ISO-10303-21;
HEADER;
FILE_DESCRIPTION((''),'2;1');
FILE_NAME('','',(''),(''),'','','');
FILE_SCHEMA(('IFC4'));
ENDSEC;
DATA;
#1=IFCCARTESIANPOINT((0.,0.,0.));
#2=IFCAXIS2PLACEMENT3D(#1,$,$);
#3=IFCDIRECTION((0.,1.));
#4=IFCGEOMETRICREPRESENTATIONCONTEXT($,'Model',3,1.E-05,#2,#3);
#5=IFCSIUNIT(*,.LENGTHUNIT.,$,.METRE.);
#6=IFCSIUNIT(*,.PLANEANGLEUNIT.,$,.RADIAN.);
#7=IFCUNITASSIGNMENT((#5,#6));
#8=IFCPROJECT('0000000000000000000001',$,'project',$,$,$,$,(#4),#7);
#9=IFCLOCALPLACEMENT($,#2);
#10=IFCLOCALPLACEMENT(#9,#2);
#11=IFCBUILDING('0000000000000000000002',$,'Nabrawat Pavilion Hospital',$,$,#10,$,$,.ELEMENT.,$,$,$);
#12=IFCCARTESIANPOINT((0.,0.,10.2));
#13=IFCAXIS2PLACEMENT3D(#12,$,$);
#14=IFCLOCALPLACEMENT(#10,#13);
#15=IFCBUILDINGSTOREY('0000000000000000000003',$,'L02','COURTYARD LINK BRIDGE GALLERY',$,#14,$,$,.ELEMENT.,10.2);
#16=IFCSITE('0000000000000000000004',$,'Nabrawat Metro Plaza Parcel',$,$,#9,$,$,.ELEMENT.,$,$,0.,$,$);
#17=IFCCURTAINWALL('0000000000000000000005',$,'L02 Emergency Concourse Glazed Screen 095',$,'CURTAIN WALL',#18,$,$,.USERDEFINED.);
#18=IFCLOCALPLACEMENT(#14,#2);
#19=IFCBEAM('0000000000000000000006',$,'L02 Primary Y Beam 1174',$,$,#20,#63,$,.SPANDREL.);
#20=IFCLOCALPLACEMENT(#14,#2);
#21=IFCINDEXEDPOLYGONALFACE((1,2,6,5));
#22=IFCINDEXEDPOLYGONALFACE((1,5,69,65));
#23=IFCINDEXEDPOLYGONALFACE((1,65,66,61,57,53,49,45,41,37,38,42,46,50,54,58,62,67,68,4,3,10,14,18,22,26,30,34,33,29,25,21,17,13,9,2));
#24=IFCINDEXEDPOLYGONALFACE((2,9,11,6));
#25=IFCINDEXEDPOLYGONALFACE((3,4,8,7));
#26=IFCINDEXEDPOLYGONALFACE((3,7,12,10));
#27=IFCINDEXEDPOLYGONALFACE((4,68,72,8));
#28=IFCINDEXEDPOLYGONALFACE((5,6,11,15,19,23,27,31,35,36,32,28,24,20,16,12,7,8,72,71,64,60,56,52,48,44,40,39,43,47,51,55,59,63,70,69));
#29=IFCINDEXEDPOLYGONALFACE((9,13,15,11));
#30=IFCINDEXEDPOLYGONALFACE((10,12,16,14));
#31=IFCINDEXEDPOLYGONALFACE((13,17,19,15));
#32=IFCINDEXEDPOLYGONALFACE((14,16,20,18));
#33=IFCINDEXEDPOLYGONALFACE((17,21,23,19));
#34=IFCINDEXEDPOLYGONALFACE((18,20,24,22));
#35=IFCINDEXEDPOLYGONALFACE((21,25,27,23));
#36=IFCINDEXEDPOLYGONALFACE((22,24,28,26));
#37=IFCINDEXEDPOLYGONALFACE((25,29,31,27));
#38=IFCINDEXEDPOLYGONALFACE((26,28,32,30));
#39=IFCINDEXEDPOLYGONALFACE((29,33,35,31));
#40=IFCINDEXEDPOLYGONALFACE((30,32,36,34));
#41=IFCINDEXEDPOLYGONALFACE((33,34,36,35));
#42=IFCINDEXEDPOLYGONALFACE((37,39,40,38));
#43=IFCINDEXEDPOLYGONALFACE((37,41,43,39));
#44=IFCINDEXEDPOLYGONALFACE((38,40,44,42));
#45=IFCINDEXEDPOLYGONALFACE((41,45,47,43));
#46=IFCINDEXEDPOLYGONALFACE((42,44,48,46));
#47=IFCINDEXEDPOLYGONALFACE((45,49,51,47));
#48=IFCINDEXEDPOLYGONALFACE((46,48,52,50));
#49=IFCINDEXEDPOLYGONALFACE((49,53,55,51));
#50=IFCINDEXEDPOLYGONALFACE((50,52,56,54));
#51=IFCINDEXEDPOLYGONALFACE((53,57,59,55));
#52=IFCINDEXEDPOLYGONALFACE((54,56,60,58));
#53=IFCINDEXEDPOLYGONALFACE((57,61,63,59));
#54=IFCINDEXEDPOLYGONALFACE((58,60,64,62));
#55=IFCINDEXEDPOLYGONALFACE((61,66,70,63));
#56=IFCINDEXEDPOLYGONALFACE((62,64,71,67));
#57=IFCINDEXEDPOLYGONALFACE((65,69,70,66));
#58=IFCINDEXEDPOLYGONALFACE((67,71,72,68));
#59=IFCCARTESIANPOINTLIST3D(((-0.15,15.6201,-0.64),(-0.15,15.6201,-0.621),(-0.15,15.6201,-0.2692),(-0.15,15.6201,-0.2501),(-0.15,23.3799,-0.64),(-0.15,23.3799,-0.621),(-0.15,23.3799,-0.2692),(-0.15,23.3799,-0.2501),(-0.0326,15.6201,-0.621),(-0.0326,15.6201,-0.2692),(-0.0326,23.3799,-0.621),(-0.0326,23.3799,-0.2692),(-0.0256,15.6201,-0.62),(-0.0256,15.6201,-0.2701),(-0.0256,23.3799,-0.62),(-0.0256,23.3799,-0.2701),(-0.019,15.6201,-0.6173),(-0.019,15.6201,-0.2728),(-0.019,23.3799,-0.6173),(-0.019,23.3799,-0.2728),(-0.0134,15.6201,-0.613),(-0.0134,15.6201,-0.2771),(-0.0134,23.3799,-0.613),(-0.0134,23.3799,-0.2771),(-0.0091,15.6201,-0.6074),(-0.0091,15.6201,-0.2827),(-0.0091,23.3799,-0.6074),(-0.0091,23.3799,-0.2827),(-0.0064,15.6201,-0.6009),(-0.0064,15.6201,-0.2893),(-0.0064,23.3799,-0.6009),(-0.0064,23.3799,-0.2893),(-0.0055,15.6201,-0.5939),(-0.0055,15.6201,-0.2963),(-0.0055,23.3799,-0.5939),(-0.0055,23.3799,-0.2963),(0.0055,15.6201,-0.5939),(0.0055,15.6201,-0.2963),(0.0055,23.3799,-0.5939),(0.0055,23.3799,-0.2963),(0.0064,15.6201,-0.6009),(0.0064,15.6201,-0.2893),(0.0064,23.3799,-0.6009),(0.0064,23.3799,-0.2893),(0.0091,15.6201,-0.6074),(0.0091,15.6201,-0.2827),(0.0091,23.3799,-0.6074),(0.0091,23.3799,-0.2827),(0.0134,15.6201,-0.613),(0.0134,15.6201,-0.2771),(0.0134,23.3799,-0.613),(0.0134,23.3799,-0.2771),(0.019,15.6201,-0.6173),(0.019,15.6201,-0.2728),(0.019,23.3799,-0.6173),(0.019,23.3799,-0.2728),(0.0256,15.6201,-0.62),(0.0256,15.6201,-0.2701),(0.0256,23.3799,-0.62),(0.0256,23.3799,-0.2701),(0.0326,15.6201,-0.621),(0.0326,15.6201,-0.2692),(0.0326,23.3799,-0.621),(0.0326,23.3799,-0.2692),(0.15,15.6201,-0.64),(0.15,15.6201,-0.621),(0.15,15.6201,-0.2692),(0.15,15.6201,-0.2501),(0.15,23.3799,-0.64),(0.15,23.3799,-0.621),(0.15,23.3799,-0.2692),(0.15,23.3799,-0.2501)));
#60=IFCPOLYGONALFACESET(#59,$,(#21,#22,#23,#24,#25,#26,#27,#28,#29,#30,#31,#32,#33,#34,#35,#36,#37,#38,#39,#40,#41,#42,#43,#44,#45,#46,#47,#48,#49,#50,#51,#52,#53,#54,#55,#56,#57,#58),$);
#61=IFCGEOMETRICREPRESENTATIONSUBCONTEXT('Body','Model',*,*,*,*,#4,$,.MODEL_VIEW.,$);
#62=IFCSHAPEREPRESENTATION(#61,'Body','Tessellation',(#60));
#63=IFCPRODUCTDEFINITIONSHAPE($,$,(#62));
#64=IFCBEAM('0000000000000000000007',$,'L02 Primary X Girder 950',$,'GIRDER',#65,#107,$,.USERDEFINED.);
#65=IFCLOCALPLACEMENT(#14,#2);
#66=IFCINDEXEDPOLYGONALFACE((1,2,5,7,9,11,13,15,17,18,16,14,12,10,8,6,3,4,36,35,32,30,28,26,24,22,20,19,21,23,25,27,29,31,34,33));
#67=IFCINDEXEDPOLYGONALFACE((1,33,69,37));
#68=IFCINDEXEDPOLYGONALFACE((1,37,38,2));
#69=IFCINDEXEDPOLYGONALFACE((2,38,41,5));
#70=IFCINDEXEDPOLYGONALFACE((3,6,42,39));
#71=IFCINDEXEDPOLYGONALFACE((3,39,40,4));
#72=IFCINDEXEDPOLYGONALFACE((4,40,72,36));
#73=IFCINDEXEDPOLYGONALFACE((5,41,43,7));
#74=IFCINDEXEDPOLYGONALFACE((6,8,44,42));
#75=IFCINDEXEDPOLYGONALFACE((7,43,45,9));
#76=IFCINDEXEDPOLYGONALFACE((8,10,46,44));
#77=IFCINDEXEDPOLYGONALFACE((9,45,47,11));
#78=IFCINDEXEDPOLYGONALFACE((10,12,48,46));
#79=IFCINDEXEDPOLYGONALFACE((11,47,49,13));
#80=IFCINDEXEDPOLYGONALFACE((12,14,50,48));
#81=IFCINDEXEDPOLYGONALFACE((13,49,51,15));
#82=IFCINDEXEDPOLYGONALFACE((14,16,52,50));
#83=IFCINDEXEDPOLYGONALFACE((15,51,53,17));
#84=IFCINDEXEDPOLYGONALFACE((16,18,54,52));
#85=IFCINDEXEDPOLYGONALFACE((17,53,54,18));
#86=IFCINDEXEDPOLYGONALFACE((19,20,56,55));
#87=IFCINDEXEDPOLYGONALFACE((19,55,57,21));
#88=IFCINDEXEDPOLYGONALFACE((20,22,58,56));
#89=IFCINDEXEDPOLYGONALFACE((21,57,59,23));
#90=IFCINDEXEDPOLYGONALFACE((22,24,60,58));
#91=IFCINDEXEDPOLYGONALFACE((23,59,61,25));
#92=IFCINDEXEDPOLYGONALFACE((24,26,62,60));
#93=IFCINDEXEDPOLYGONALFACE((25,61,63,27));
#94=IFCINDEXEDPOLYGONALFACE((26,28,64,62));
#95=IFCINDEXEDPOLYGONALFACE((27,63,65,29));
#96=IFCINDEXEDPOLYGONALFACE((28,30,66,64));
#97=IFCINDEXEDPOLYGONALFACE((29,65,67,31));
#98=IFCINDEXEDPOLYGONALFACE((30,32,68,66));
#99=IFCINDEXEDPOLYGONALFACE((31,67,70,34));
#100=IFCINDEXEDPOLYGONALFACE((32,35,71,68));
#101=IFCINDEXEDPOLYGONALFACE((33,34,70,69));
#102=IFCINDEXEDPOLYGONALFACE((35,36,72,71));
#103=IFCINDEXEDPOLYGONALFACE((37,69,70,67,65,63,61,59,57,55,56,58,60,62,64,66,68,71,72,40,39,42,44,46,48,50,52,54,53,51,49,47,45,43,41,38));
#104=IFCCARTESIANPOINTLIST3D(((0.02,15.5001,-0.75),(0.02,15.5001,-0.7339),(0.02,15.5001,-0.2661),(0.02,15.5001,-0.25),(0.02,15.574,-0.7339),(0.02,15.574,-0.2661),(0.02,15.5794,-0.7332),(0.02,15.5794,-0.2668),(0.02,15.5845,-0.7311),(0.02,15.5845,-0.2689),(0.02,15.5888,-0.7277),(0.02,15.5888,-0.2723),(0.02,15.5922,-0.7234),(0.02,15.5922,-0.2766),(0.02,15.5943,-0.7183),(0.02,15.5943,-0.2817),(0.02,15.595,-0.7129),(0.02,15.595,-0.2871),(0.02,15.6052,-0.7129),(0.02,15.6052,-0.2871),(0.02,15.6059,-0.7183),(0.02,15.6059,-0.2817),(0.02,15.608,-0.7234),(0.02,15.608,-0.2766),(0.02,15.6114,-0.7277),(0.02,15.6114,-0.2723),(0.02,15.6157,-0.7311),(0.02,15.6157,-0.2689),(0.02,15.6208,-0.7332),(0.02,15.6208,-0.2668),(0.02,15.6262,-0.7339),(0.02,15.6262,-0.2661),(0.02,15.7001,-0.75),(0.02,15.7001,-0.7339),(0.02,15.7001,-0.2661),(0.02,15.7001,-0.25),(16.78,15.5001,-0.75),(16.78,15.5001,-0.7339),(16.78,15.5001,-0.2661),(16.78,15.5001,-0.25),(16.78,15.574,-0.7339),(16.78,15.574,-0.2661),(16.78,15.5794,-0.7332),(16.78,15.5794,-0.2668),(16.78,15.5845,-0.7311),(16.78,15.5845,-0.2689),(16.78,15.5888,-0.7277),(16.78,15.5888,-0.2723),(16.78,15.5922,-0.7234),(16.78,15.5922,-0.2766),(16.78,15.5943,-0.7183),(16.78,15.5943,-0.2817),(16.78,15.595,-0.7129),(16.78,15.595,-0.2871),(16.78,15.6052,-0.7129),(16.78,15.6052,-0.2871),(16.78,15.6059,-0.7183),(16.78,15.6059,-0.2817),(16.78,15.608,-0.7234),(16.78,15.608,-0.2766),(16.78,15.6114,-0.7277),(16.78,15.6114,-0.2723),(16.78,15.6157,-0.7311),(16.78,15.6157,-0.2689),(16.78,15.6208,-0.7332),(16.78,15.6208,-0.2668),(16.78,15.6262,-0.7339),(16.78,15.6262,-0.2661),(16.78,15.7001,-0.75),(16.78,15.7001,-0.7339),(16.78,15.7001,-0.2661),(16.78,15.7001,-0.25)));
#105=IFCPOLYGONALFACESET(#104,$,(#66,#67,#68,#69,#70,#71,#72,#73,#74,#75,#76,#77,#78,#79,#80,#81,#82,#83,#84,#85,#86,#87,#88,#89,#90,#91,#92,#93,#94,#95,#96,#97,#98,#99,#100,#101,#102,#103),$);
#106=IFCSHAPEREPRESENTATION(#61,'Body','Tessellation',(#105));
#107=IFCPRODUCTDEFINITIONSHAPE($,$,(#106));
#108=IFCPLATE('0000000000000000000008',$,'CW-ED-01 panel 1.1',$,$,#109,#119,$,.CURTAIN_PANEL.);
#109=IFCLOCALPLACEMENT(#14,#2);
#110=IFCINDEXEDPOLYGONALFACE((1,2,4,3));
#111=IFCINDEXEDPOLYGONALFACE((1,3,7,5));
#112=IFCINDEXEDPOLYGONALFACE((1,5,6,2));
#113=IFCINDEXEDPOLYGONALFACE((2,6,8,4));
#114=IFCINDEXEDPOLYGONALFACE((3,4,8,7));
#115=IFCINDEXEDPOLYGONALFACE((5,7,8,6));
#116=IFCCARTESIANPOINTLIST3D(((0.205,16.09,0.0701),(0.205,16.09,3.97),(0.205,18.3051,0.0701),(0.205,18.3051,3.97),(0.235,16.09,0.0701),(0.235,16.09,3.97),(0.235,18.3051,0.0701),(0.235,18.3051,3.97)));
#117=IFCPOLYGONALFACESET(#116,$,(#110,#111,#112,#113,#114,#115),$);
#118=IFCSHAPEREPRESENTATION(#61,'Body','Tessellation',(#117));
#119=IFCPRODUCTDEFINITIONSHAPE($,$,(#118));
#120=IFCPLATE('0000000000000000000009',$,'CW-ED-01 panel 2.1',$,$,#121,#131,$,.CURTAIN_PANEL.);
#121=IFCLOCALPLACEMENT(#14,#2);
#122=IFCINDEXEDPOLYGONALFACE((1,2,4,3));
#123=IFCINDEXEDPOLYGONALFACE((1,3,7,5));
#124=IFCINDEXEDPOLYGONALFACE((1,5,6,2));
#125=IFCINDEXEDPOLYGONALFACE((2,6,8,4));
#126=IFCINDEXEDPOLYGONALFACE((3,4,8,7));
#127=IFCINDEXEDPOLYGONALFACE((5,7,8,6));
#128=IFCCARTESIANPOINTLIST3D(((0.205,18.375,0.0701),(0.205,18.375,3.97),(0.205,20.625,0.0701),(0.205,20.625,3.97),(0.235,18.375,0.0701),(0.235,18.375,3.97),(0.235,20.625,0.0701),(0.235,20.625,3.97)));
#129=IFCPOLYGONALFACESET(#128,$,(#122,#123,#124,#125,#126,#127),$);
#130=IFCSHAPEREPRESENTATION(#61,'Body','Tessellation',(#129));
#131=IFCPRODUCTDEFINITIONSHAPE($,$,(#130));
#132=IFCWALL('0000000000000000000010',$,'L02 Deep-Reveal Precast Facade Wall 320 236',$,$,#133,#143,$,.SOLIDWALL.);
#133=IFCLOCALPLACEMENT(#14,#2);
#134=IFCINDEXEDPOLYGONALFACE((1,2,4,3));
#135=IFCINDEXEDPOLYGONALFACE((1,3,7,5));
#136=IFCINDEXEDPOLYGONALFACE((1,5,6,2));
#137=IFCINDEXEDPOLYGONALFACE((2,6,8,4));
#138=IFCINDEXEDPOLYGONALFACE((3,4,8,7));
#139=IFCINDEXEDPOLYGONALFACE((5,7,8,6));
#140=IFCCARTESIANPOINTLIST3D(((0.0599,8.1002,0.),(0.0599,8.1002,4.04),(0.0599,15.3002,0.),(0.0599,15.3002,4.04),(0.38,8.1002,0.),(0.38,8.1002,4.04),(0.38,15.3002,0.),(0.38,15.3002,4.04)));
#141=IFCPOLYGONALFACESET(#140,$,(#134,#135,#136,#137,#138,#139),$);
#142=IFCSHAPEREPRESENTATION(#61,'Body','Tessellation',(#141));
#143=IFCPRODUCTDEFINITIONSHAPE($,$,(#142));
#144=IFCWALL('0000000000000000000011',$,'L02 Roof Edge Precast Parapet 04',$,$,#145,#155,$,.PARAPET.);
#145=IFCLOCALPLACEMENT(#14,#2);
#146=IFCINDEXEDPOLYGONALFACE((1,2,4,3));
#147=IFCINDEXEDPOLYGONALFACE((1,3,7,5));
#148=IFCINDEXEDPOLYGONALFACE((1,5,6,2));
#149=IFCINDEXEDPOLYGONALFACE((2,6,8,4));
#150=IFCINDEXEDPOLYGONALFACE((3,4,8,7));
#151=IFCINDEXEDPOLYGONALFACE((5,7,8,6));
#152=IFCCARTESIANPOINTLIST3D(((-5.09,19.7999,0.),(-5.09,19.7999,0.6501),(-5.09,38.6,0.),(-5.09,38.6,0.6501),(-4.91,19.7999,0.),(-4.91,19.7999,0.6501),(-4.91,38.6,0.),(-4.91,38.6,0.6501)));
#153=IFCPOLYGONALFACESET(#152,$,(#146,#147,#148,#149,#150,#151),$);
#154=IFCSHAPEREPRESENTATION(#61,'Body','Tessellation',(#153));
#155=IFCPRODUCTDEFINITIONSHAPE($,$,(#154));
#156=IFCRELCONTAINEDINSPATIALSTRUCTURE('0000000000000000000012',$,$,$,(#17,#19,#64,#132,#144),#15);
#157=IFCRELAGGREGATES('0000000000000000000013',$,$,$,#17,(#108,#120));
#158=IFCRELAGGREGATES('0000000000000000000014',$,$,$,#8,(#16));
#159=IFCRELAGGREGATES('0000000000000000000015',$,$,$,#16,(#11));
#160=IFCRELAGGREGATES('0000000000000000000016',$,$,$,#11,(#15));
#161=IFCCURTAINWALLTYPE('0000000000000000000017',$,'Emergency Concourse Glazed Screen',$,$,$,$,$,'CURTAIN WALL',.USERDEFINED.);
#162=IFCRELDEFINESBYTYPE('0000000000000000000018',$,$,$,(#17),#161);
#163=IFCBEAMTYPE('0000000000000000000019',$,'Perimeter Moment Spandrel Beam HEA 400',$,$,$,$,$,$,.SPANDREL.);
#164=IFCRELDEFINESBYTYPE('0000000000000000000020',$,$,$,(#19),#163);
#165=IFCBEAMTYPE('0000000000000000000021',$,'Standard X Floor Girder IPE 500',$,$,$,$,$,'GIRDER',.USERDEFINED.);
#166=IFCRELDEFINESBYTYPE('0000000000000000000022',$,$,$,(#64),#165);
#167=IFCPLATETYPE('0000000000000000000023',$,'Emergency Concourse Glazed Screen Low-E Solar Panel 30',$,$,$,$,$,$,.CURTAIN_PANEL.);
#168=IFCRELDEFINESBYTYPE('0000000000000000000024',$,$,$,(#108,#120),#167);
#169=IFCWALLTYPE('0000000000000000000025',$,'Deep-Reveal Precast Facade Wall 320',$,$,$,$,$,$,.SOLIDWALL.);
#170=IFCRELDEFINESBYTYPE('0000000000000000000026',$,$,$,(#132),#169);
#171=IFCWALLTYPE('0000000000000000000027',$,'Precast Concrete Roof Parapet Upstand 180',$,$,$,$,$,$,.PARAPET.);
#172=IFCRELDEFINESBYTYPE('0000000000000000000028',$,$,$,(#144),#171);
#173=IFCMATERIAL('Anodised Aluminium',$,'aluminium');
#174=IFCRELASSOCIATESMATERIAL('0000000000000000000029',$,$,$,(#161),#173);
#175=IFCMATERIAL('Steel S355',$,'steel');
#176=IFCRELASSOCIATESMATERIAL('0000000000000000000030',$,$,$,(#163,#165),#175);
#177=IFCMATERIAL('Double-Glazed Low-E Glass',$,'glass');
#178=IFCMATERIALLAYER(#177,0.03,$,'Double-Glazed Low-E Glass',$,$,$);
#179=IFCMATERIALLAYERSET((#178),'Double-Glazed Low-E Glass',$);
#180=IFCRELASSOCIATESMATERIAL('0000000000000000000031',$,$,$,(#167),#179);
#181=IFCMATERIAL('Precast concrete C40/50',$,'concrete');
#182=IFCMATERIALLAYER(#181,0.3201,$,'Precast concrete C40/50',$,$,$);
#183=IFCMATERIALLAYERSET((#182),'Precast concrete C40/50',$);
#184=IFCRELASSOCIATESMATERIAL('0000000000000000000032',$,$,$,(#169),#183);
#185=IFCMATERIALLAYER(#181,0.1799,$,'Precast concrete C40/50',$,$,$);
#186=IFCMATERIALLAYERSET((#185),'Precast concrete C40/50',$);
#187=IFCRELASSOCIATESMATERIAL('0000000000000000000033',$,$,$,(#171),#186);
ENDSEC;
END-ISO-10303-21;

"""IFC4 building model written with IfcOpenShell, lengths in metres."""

from ifc_helpers import new_model, si_unit, direction, frame, frame_2d, origin, origin_2d, place, context, subcontext, project, spatial, rectangle, i_section, extrude, material, layer, layer_set, material_profile, profile_set, type_object, element, aggregate, save


model = new_model("IFC4")

# Units and contexts
model_context = context("Model", 3, precision=1e-05, world=origin(), true_north=direction((0.0, 1.0)))
body_context = subcontext(model_context, "Body", "Model", "MODEL_VIEW")
ifc_project = project(units=[si_unit("LENGTHUNIT", "METRE"), si_unit("PLANEANGLEUNIT", "RADIAN")], contexts=[model_context])

# Site, building, storey
site_placement = place(None, origin())
site = spatial("IfcSite", under=ifc_project, at=site_placement, Name="Nabrawat Metro Plaza Parcel", CompositionType="ELEMENT", RefElevation=0.0)
building_placement = place(site_placement, origin())
building = spatial("IfcBuilding", under=site, at=building_placement, Name="Nabrawat Pavilion Hospital", CompositionType="ELEMENT")
storey_placement = place(building_placement, frame((0.0, 0.0, 10.2)))
storey = spatial("IfcBuildingStorey", under=building, at=storey_placement, Name="L02", Description="COURTYARD LINK BRIDGE GALLERY", CompositionType="ELEMENT", Elevation=10.2)

# Shared definitions
ifc_material_1 = material(Name="Steel S355", Category="steel")

# Curtain wall
ifc_material_2 = material(Name="Anodised Aluminium", Category="aluminium")
curtain_wall_type = type_object("IfcCurtainWallType", Name="Emergency Concourse Glazed Screen", ElementType="CURTAIN WALL", PredefinedType="USERDEFINED", material=ifc_material_2)
curtain_wall_placement = place(storey_placement, origin())
curtain_wall = element("IfcCurtainWall", 1, at=curtain_wall_placement, inside=storey, type_object=curtain_wall_type, Name="L02 Emergency Concourse Glazed Screen 095", ObjectType="CURTAIN WALL", PredefinedType="USERDEFINED")

# Beams
ifc_material_profile_1 = material_profile(ifc_material_1, i_section(OverallWidth=0.3, OverallDepth=0.3899, WebThickness=0.011, FlangeThickness=0.019, FilletRadius=0.0271, at=origin_2d()), Name="HEA 400")
ifc_profile_set_1 = profile_set([ifc_material_profile_1], Name="Steel S355")
beam_type_1 = type_object("IfcBeamType", Name="Perimeter Moment Spandrel Beam HEA 400", PredefinedType="SPANDREL", material=ifc_profile_set_1)
beam_1_placement = place(storey_placement, frame((0.0, 15.6201, -0.4451), z_axis=(0.0, 1.0, 0.0), x_axis=(-1.0, 0.0, 0.0)))
element("IfcBeam", 2, at=beam_1_placement, inside=storey, type_object=beam_type_1, Name="L02 Primary Y Beam 1174", PredefinedType="SPANDREL", context=body_context, shape_type="SweptSolid", body=[
    extrude(i_section(OverallWidth=0.3, OverallDepth=0.3899, WebThickness=0.011, FlangeThickness=0.019, FilletRadius=0.0271, at=origin_2d()), origin(), (0.0, 0.0, 1.0), 7.7598),
])
ifc_material_profile_2 = material_profile(ifc_material_1, i_section(OverallWidth=0.2, OverallDepth=0.5, WebThickness=0.0103, FlangeThickness=0.0161, FilletRadius=0.021, at=origin_2d()), Name="IPE 500")
ifc_profile_set_2 = profile_set([ifc_material_profile_2], Name="Steel S355")
beam_type_2 = type_object("IfcBeamType", Name="Standard X Floor Girder IPE 500", ElementType="GIRDER", PredefinedType="USERDEFINED", material=ifc_profile_set_2)
beam_2_placement = place(storey_placement, frame((0.02, 15.6001, -0.5), z_axis=(1.0, 0.0, 0.0), x_axis=(0.0, 1.0, 0.0)))
element("IfcBeam", 3, at=beam_2_placement, inside=storey, type_object=beam_type_2, Name="L02 Primary X Girder 950", ObjectType="GIRDER", PredefinedType="USERDEFINED", context=body_context, shape_type="SweptSolid", body=[
    extrude(i_section(OverallWidth=0.2, OverallDepth=0.5, WebThickness=0.0103, FlangeThickness=0.0161, FilletRadius=0.021, at=origin_2d()), origin(), (0.0, 0.0, 1.0), 16.76),
])

# Plates
ifc_material_3 = material(Name="Double-Glazed Low-E Glass", Category="glass")
ifc_layer_1 = layer(ifc_material_3, 0.03, Name="Double-Glazed Low-E Glass")
ifc_layer_set_1 = layer_set([ifc_layer_1], Name="Double-Glazed Low-E Glass")
plate_type = type_object("IfcPlateType", Name="Emergency Concourse Glazed Screen Low-E Solar Panel 30", PredefinedType="CURTAIN_PANEL", material=ifc_layer_set_1)
plate_1_placement = place(storey_placement, frame((0.22, 17.1975, 0.0701), z_axis=(0.0, 0.0, 1.0), x_axis=(0.0, 1.0, 0.0)))
plate_1 = element("IfcPlate", 4, at=plate_1_placement, type_object=plate_type, Name="CW-ED-01 panel 1.1", PredefinedType="CURTAIN_PANEL", context=body_context, shape_type="SweptSolid", body=[
    extrude(rectangle(XDim=2.2151, YDim=0.03, at=origin_2d()), origin(), (0.0, 0.0, 1.0), 3.8999),
])
plate_2_placement = place(storey_placement, frame((0.22, 19.5, 0.0701), z_axis=(0.0, 0.0, 1.0), x_axis=(0.0, 1.0, 0.0)))
plate_2 = element("IfcPlate", 5, at=plate_2_placement, type_object=plate_type, Name="CW-ED-01 panel 2.1", PredefinedType="CURTAIN_PANEL", context=body_context, shape_type="SweptSolid", body=[
    extrude(rectangle(XDim=2.25, YDim=0.03, at=origin_2d()), origin(), (0.0, 0.0, 1.0), 3.8999),
])
aggregate(curtain_wall, [plate_1, plate_2])

# Walls
ifc_material_4 = material(Name="Precast concrete C40/50", Category="concrete")
ifc_layer_2 = layer(ifc_material_4, 0.3201, Name="Precast concrete C40/50")
ifc_layer_set_2 = layer_set([ifc_layer_2], Name="Precast concrete C40/50")
wall_type_1 = type_object("IfcWallType", Name="Deep-Reveal Precast Facade Wall 320", PredefinedType="SOLIDWALL", material=ifc_layer_set_2)
wall_1_placement = place(storey_placement, frame((0.22, 8.1001, 0.0), z_axis=(0.0, 0.0, 1.0), x_axis=(0.0, 1.0, 0.0)))
element("IfcWall", 6, at=wall_1_placement, inside=storey, type_object=wall_type_1, Name="L02 Deep-Reveal Precast Facade Wall 320 236", PredefinedType="SOLIDWALL", context=body_context, shape_type="SweptSolid", body=[
    extrude(rectangle(XDim=7.2, YDim=0.3201, at=frame_2d((3.6001, 0.0))), origin(), (0.0, 0.0, 1.0), 4.04),
])
ifc_layer_3 = layer(ifc_material_4, 0.1799, Name="Precast concrete C40/50")
ifc_layer_set_3 = layer_set([ifc_layer_3], Name="Precast concrete C40/50")
wall_type_2 = type_object("IfcWallType", Name="Precast Concrete Roof Parapet Upstand 180", PredefinedType="PARAPET", material=ifc_layer_set_3)
wall_2_placement = place(storey_placement, frame((-5.0, 19.8, 0.0), z_axis=(0.0, 0.0, 1.0), x_axis=(0.0, 1.0, 0.0)))
element("IfcWall", 7, at=wall_2_placement, inside=storey, type_object=wall_type_2, Name="L02 Roof Edge Precast Parapet 04", PredefinedType="PARAPET", context=body_context, shape_type="SweptSolid", body=[
    extrude(rectangle(XDim=18.8, YDim=0.1799, at=frame_2d((9.3999, 0.0))), origin(), (0.0, 0.0, 1.0), 0.6501),
])

save(model, "model.ifc")
